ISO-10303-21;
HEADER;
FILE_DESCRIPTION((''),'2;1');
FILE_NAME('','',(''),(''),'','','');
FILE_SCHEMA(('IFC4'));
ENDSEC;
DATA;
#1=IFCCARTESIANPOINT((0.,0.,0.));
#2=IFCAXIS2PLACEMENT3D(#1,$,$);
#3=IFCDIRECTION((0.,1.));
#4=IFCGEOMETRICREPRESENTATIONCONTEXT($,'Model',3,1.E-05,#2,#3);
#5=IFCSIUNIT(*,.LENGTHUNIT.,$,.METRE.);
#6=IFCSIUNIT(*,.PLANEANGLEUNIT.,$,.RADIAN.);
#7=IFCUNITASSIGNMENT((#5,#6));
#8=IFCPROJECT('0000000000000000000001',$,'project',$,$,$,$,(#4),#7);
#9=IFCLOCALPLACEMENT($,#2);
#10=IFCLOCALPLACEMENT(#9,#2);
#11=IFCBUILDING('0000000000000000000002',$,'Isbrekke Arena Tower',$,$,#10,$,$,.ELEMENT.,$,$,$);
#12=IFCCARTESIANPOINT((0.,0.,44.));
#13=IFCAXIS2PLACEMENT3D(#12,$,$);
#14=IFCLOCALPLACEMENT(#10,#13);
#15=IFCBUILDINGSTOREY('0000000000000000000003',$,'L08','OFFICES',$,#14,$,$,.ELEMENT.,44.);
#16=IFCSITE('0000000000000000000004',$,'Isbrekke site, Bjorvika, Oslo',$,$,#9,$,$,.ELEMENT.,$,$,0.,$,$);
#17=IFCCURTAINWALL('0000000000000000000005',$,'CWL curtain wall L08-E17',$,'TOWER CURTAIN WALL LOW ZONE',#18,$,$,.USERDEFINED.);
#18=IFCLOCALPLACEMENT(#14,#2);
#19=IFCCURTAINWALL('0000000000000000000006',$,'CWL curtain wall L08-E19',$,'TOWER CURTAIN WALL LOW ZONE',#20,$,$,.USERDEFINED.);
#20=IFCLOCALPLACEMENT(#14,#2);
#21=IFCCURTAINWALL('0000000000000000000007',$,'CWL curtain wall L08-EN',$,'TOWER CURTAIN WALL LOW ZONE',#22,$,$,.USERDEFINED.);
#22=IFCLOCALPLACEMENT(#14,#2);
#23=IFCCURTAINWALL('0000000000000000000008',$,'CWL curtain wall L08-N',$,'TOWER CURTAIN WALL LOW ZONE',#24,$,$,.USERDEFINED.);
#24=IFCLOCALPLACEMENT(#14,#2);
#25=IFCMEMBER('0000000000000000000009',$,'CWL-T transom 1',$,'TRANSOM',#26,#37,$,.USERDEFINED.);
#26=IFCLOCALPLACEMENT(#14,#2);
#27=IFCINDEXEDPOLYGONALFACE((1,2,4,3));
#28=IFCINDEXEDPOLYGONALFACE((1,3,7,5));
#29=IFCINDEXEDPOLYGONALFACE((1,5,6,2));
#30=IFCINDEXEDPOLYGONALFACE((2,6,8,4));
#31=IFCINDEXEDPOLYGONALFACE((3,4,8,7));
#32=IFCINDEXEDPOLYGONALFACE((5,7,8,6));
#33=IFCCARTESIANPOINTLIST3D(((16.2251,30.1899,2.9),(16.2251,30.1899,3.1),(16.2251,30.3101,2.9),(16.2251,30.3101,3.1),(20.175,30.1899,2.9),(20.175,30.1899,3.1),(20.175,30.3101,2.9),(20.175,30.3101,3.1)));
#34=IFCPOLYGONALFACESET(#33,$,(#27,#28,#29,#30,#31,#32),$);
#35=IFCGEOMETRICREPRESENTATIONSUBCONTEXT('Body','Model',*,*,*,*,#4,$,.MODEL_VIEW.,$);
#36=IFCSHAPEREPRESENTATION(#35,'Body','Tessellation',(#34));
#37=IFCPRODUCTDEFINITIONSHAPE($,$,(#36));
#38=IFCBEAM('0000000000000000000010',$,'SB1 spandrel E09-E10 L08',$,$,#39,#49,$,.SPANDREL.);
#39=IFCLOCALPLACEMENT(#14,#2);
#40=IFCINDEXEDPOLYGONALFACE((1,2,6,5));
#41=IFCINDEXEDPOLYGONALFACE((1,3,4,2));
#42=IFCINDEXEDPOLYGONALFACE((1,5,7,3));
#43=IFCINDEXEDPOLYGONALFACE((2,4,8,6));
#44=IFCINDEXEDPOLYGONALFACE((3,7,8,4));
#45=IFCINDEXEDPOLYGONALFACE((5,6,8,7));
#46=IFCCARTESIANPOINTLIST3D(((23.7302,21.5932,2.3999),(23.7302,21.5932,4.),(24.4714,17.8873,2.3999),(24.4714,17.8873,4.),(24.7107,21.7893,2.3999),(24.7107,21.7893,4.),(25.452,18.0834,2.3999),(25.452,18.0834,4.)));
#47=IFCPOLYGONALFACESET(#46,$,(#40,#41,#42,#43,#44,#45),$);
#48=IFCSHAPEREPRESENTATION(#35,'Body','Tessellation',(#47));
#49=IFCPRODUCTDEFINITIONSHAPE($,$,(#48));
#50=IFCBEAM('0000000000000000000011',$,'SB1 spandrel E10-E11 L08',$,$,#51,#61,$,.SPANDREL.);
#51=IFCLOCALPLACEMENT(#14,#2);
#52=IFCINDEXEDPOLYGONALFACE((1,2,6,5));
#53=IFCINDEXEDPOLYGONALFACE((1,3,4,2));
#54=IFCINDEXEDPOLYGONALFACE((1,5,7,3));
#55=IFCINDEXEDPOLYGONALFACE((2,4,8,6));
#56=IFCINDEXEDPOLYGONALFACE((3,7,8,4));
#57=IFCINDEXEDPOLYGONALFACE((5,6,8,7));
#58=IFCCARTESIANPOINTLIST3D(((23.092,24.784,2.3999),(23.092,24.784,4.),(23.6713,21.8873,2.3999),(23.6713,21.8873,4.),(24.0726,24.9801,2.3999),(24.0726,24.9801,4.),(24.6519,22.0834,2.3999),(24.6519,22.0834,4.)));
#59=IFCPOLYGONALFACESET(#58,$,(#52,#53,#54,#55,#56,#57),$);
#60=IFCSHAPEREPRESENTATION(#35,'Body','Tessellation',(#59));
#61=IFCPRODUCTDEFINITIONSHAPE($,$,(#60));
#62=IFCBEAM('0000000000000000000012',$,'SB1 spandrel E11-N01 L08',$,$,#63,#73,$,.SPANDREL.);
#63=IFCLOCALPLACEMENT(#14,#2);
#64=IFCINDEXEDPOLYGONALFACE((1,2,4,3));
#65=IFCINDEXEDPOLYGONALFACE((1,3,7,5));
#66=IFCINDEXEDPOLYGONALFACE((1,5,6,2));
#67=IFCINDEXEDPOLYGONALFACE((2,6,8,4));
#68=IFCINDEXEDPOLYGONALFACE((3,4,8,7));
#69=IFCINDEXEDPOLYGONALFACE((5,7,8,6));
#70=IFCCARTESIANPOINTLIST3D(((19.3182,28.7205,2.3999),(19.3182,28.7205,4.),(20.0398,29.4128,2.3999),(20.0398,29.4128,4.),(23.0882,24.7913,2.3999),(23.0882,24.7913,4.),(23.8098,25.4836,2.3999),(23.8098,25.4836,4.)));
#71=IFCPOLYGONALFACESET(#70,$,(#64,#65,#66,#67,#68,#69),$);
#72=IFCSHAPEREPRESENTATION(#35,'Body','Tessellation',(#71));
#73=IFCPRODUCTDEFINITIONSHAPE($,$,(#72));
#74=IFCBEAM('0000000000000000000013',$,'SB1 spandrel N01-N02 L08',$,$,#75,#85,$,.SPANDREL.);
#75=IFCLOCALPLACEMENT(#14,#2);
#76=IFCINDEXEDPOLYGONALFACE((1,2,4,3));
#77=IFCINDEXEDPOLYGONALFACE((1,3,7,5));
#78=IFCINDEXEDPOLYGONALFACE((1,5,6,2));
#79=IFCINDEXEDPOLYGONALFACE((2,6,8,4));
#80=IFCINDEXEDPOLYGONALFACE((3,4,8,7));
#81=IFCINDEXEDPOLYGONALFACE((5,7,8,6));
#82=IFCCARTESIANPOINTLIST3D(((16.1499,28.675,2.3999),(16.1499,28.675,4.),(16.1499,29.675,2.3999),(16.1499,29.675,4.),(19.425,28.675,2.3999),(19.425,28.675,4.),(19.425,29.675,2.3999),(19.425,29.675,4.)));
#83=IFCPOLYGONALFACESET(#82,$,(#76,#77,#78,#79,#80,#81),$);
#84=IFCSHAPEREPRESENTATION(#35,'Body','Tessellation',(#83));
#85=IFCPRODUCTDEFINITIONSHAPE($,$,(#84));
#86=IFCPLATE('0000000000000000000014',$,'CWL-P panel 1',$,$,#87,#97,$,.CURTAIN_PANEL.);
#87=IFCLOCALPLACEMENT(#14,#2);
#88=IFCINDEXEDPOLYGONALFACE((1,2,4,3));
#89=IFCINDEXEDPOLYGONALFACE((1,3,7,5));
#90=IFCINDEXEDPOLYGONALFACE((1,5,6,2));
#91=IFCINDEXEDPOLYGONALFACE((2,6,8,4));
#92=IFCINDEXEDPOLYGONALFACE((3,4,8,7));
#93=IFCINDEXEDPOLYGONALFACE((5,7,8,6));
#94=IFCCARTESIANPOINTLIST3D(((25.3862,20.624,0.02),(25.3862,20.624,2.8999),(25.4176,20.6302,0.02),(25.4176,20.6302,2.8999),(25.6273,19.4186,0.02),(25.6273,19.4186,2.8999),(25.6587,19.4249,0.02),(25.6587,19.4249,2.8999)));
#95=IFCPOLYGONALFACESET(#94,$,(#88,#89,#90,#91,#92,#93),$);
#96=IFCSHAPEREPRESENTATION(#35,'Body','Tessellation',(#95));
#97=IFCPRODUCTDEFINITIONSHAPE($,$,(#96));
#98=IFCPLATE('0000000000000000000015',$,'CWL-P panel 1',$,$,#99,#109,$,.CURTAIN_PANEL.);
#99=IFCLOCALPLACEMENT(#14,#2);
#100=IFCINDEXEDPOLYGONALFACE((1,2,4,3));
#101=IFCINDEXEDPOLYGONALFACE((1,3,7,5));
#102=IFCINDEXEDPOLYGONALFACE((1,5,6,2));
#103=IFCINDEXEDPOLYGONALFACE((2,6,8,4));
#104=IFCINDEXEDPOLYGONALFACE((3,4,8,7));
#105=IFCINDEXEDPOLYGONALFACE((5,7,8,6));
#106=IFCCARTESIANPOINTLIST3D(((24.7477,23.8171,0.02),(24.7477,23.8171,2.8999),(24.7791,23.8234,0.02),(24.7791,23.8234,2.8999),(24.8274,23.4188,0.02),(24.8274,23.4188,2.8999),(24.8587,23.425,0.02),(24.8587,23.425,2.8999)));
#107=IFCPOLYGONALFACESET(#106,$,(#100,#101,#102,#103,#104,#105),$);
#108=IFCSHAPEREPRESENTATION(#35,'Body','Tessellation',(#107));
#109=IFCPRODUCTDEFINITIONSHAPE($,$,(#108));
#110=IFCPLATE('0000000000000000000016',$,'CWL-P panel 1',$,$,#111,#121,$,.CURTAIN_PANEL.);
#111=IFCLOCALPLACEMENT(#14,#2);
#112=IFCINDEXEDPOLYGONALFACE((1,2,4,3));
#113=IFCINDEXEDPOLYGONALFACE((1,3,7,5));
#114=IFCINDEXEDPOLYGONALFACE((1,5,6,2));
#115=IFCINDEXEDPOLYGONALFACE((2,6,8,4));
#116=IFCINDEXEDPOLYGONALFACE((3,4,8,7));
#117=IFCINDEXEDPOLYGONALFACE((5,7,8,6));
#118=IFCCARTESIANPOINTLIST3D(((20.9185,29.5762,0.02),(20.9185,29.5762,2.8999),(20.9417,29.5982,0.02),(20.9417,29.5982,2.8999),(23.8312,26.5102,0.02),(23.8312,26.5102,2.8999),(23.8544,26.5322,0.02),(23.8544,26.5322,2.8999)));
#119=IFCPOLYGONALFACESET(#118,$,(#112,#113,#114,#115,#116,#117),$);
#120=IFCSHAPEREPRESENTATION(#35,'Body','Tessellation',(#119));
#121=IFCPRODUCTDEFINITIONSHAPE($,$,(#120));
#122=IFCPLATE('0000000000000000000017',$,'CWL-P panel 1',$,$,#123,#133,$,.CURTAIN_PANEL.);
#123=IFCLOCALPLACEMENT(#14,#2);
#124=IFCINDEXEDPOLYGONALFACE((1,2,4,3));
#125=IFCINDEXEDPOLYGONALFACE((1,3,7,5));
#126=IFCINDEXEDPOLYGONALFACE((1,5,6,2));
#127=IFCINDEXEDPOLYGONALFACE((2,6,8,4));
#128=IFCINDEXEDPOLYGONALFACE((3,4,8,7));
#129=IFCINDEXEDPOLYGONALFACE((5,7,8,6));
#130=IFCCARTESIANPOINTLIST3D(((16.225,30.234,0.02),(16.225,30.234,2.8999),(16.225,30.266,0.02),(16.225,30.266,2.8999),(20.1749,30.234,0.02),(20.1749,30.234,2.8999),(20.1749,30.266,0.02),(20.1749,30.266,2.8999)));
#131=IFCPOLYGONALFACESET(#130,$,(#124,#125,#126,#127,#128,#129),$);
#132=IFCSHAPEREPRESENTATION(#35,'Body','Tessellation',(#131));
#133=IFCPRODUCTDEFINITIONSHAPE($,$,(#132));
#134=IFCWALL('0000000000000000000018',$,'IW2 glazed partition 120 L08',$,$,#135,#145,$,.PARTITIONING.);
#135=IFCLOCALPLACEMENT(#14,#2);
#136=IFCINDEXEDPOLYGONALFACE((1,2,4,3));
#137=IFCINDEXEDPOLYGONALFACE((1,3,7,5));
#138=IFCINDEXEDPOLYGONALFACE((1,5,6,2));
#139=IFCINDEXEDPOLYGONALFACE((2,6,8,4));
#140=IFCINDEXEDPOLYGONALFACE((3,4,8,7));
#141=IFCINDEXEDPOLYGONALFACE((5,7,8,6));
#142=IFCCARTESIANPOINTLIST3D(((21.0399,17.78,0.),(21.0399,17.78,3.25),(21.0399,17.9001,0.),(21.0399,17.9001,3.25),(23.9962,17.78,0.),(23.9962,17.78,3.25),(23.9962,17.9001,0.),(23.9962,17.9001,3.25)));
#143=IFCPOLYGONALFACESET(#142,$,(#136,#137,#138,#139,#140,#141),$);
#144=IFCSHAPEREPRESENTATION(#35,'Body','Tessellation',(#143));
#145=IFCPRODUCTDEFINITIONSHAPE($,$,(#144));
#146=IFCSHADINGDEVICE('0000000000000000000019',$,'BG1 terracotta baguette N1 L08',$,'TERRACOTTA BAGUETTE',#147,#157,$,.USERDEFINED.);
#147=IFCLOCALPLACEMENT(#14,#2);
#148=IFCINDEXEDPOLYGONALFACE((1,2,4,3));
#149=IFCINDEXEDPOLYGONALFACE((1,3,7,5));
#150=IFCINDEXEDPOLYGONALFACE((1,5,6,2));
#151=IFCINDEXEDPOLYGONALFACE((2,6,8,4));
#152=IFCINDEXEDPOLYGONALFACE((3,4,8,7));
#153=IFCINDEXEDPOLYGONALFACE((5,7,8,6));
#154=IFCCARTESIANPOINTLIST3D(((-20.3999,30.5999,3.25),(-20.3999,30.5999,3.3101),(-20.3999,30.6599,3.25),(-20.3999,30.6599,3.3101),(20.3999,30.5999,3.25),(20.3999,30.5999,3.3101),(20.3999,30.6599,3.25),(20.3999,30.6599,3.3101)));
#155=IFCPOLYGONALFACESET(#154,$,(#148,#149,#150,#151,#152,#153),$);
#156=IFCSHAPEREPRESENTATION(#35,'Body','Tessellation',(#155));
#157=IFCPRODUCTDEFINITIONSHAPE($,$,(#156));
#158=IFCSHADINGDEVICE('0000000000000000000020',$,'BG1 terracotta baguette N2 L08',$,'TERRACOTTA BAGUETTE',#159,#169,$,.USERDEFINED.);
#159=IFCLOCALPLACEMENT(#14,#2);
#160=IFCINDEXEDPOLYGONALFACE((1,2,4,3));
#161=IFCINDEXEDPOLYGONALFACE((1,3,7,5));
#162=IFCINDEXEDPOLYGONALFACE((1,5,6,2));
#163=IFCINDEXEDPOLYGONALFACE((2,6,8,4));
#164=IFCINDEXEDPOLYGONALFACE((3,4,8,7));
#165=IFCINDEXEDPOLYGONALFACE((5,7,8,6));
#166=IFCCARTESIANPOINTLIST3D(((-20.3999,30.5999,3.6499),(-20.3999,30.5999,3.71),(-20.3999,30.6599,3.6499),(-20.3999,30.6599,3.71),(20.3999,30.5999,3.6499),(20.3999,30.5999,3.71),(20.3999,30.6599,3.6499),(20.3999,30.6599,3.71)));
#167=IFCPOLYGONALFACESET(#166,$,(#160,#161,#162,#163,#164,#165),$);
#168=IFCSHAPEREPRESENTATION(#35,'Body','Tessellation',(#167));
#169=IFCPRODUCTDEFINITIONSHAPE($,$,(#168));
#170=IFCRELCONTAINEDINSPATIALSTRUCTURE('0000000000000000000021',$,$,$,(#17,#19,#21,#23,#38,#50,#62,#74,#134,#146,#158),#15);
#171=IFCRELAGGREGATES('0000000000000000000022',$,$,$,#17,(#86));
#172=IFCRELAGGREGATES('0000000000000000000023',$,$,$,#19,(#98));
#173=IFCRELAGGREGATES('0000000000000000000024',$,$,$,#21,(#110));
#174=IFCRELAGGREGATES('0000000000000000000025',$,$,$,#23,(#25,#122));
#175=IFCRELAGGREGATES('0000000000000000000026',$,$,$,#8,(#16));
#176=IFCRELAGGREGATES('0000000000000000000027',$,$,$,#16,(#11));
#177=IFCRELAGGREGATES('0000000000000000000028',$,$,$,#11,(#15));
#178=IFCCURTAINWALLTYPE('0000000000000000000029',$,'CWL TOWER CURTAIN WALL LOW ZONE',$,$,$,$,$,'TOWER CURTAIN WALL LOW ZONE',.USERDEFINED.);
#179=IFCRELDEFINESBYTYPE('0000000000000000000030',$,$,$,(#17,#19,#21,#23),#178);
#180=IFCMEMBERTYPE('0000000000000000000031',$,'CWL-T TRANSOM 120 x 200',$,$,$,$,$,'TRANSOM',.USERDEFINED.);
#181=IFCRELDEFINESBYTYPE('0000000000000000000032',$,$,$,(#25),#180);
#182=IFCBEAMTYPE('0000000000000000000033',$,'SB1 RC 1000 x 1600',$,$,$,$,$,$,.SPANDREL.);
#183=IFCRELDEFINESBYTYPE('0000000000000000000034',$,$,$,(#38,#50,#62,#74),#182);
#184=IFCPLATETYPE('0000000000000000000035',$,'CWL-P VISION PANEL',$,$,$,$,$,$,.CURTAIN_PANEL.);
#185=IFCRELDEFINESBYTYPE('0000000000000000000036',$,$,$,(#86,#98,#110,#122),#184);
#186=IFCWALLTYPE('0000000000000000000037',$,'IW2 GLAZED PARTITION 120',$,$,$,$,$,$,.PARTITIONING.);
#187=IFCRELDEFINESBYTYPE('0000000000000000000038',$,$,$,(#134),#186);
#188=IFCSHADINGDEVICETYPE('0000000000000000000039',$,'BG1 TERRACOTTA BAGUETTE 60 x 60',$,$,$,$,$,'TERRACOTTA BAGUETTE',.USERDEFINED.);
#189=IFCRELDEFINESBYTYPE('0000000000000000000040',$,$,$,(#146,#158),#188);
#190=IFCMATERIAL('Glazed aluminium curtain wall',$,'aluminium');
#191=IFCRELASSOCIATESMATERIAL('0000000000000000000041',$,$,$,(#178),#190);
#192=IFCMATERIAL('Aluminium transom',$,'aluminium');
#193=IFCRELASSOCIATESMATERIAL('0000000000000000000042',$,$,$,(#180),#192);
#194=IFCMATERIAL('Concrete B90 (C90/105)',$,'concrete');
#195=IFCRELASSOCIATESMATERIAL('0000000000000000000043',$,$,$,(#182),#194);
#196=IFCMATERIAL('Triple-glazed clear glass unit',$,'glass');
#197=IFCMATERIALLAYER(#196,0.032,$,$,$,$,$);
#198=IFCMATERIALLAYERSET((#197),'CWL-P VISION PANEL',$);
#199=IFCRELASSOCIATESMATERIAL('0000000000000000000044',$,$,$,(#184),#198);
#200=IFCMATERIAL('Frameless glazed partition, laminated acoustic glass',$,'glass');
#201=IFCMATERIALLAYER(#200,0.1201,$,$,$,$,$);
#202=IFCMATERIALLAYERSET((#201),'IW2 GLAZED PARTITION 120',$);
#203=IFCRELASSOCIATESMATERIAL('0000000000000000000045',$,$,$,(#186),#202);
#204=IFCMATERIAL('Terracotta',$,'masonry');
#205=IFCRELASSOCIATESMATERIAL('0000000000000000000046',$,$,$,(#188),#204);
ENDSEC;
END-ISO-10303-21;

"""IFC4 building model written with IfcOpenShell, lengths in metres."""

from ifc_helpers import new_model, si_unit, direction, frame, frame_2d, origin, origin_2d, place, context, subcontext, project, spatial, rectangle, extrude, material, layer, layer_set, material_profile, profile_set, type_object, element, aggregate, save


model = new_model("IFC4")

# Units and contexts
model_context = context("Model", 3, precision=1e-05, world=origin(), true_north=direction((0.0, 1.0)))
body_context = subcontext(model_context, "Body", "Model", "MODEL_VIEW")
ifc_project = project(units=[si_unit("LENGTHUNIT", "METRE"), si_unit("PLANEANGLEUNIT", "RADIAN")], contexts=[model_context])

# Site, building, storey
site_placement = place(None, origin())
site = spatial("IfcSite", under=ifc_project, at=site_placement, Name="Isbrekke site, Bjorvika, Oslo", CompositionType="ELEMENT", RefElevation=0.0)
building_placement = place(site_placement, origin())
building = spatial("IfcBuilding", under=site, at=building_placement, Name="Isbrekke Arena Tower", CompositionType="ELEMENT")
storey_placement = place(building_placement, frame((0.0, 0.0, 44.0)))
storey = spatial("IfcBuildingStorey", under=building, at=storey_placement, Name="L08", Description="OFFICES", CompositionType="ELEMENT", Elevation=44.0)

# Curtain walls
ifc_material_1 = material(Name="Glazed aluminium curtain wall", Category="aluminium")
curtain_wall_type = type_object("IfcCurtainWallType", Name="CWL TOWER CURTAIN WALL LOW ZONE", ElementType="TOWER CURTAIN WALL LOW ZONE", PredefinedType="USERDEFINED", material=ifc_material_1)
curtain_wall_1_placement = place(storey_placement, origin())
curtain_wall_1 = element("IfcCurtainWall", 1, at=curtain_wall_1_placement, inside=storey, type_object=curtain_wall_type, Name="CWL curtain wall L08-E17", ObjectType="TOWER CURTAIN WALL LOW ZONE", PredefinedType="USERDEFINED")
curtain_wall_2_placement = place(storey_placement, origin())
curtain_wall_2 = element("IfcCurtainWall", 2, at=curtain_wall_2_placement, inside=storey, type_object=curtain_wall_type, Name="CWL curtain wall L08-E19", ObjectType="TOWER CURTAIN WALL LOW ZONE", PredefinedType="USERDEFINED")
curtain_wall_3_placement = place(storey_placement, origin())
curtain_wall_3 = element("IfcCurtainWall", 3, at=curtain_wall_3_placement, inside=storey, type_object=curtain_wall_type, Name="CWL curtain wall L08-EN", ObjectType="TOWER CURTAIN WALL LOW ZONE", PredefinedType="USERDEFINED")
curtain_wall_4_placement = place(storey_placement, origin())
curtain_wall_4 = element("IfcCurtainWall", 4, at=curtain_wall_4_placement, inside=storey, type_object=curtain_wall_type, Name="CWL curtain wall L08-N", ObjectType="TOWER CURTAIN WALL LOW ZONE", PredefinedType="USERDEFINED")

# Member
ifc_material_2 = material(Name="Aluminium transom", Category="aluminium")
ifc_material_profile_1 = material_profile(ifc_material_2, rectangle(XDim=0.1201, YDim=0.2, at=origin_2d()), Name="TRANSOM 120X200")
ifc_profile_set_1 = profile_set([ifc_material_profile_1], Name="Aluminium transom")
member_type_1 = type_object("IfcMemberType", Name="CWL-T TRANSOM 120 x 200", ElementType="TRANSOM", PredefinedType="USERDEFINED", material=ifc_profile_set_1)
member_1_placement = place(storey_placement, frame((20.175, 30.25, 3.0), z_axis=(-1.0, 0.0, 0.0), x_axis=(0.0, -1.0, 0.0)))
member_1 = element("IfcMember", 5, at=member_1_placement, type_object=member_type_1, Name="CWL-T transom 1", ObjectType="TRANSOM", PredefinedType="USERDEFINED", context=body_context, shape_type="SweptSolid", body=[
    extrude(rectangle(XDim=0.1201, YDim=0.2, at=origin_2d()), origin(), (0.0, 0.0, 1.0), 3.95),
])

# Beams
ifc_material_3 = material(Name="Concrete B90 (C90/105)", Category="concrete")
ifc_material_profile_2 = material_profile(ifc_material_3, rectangle(XDim=1.0, YDim=1.6001, at=origin_2d()), Name="RC 1000x1600")
ifc_profile_set_2 = profile_set([ifc_material_profile_2], Name="Concrete B90 (C90/105)")
beam_type_1 = type_object("IfcBeamType", Name="SB1 RC 1000 x 1600", PredefinedType="SPANDREL", material=ifc_profile_set_2)
beam_1_placement = place(storey_placement, frame((24.9617, 17.9854, 3.2), z_axis=(-0.196129, 0.980578, 0.0), x_axis=(-0.980578, -0.196129, 0.0)))
element("IfcBeam", 6, at=beam_1_placement, inside=storey, type_object=beam_type_1, Name="SB1 spandrel E09-E10 L08", PredefinedType="SPANDREL", context=body_context, shape_type="SweptSolid", body=[
    extrude(rectangle(XDim=1.0, YDim=1.6001, at=origin_2d()), origin(), (0.0, 0.0, 1.0), 3.7793),
])
beam_2_placement = place(storey_placement, frame((24.1616, 21.9854, 3.2), z_axis=(-0.196116, 0.980581, 0.0), x_axis=(-0.980581, -0.196116, 0.0)))
element("IfcBeam", 7, at=beam_2_placement, inside=storey, type_object=beam_type_1, Name="SB1 spandrel E10-E11 L08", PredefinedType="SPANDREL", context=body_context, shape_type="SweptSolid", body=[
    extrude(rectangle(XDim=1.0, YDim=1.6001, at=origin_2d()), origin(), (0.0, 0.0, 1.0), 2.9541),
])
beam_3_placement = place(storey_placement, frame((23.449, 25.1375, 3.2), z_axis=(-0.69234, 0.721572, 0.0), x_axis=(-0.721572, -0.69234, 0.0)))
element("IfcBeam", 8, at=beam_3_placement, inside=storey, type_object=beam_type_1, Name="SB1 spandrel E11-N01 L08", PredefinedType="SPANDREL", context=body_context, shape_type="SweptSolid", body=[
    extrude(rectangle(XDim=1.0, YDim=1.6001, at=origin_2d()), origin(), (0.0, 0.0, 1.0), 5.4453),
])
beam_4_placement = place(storey_placement, frame((19.425, 29.175, 3.2), z_axis=(-1.0, 0.0, 0.0), x_axis=(0.0, -1.0, 0.0)))
element("IfcBeam", 9, at=beam_4_placement, inside=storey, type_object=beam_type_1, Name="SB1 spandrel N01-N02 L08", PredefinedType="SPANDREL", context=body_context, shape_type="SweptSolid", body=[
    extrude(rectangle(XDim=1.0, YDim=1.6001, at=origin_2d()), origin(), (0.0, 0.0, 1.0), 3.2751),
])

# Plates
ifc_material_4 = material(Name="Triple-glazed clear glass unit", Category="glass")
ifc_layer_1 = layer(ifc_material_4, 0.032)
ifc_layer_set_1 = layer_set([ifc_layer_1], Name="CWL-P VISION PANEL")
plate_type = type_object("IfcPlateType", Name="CWL-P VISION PANEL", PredefinedType="CURTAIN_PANEL", material=ifc_layer_set_1)
plate_1_placement = place(storey_placement, frame((25.5225, 20.0244, 0.02), z_axis=(0.0, 0.0, 1.0), x_axis=(-0.196116, 0.980581, 0.0)))
plate_1 = element("IfcPlate", 10, at=plate_1_placement, type_object=plate_type, Name="CWL-P panel 1", PredefinedType="CURTAIN_PANEL", context=body_context, shape_type="SweptSolid", body=[
    extrude(rectangle(XDim=1.2292, YDim=0.032, at=origin_2d()), origin(), (0.0, 0.0, 1.0), 2.8799),
])
aggregate(curtain_wall_1, [plate_1])
plate_2_placement = place(storey_placement, frame((24.8032, 23.6211, 0.02), z_axis=(0.0, 0.0, 1.0), x_axis=(-0.196116, 0.980581, 0.0)))
plate_2 = element("IfcPlate", 11, at=plate_2_placement, type_object=plate_type, Name="CWL-P panel 1", PredefinedType="CURTAIN_PANEL", context=body_context, shape_type="SweptSolid", body=[
    extrude(rectangle(XDim=0.4062, YDim=0.032, at=origin_2d()), origin(), (0.0, 0.0, 1.0), 2.8799),
])
aggregate(curtain_wall_2, [plate_2])
plate_3_placement = place(storey_placement, frame((22.3865, 28.0542, 0.02), z_axis=(0.0, 0.0, 1.0), x_axis=(-0.688749, 0.724999, 0.0)))
plate_3 = element("IfcPlate", 12, at=plate_3_placement, type_object=plate_type, Name="CWL-P panel 1", PredefinedType="CURTAIN_PANEL", context=body_context, shape_type="SweptSolid", body=[
    extrude(rectangle(XDim=4.229, YDim=0.032, at=origin_2d()), origin(), (0.0, 0.0, 1.0), 2.8799),
])
aggregate(curtain_wall_3, [plate_3])
plate_4_placement = place(storey_placement, frame((18.2, 30.25, 0.02), z_axis=(0.0, 0.0, 1.0), x_axis=(-1.0, 0.0, 0.0)))
plate_4 = element("IfcPlate", 13, at=plate_4_placement, type_object=plate_type, Name="CWL-P panel 1", PredefinedType="CURTAIN_PANEL", context=body_context, shape_type="SweptSolid", body=[
    extrude(rectangle(XDim=3.95, YDim=0.032, at=origin_2d()), origin(), (0.0, 0.0, 1.0), 2.8799),
])
aggregate(curtain_wall_4, [member_1, plate_4])

# Wall
ifc_material_5 = material(Name="Frameless glazed partition, laminated acoustic glass", Category="glass")
ifc_layer_2 = layer(ifc_material_5, 0.1201)
ifc_layer_set_2 = layer_set([ifc_layer_2], Name="IW2 GLAZED PARTITION 120")
wall_type = type_object("IfcWallType", Name="IW2 GLAZED PARTITION 120", PredefinedType="PARTITIONING", material=ifc_layer_set_2)
wall_placement = place(storey_placement, frame((21.04, 17.8401, 0.0), z_axis=(0.0, 0.0, 1.0), x_axis=(1.0, 0.0, 0.0)))
element("IfcWall", 14, at=wall_placement, inside=storey, type_object=wall_type, Name="IW2 glazed partition 120 L08", PredefinedType="PARTITIONING", context=body_context, shape_type="SweptSolid", body=[
    extrude(rectangle(XDim=2.9563, YDim=0.1201, at=frame_2d((1.478, 0.0))), origin(), (0.0, 0.0, 1.0), 3.25),
])

# Shading devices
ifc_material_6 = material(Name="Terracotta", Category="masonry")
ifc_material_profile_3 = material_profile(ifc_material_6, rectangle(XDim=0.0601, YDim=0.0601, at=origin_2d()), Name="BAGUETTE 60X60")
ifc_profile_set_3 = profile_set([ifc_material_profile_3], Name="Terracotta")
shading_device_type = type_object("IfcShadingDeviceType", Name="BG1 TERRACOTTA BAGUETTE 60 x 60", ElementType="TERRACOTTA BAGUETTE", PredefinedType="USERDEFINED", material=ifc_profile_set_3)
for number, where, z_axis, x_axis, name in (
    (15, (20.3999, 30.6299, 3.28), (-1.0, 0.0, 0.0), (0.0, -1.0, 0.0), "BG1 terracotta baguette N1 L08"),
    (16, (20.3999, 30.6299, 3.6799), (-1.0, 0.0, 0.0), (0.0, -1.0, 0.0), "BG1 terracotta baguette N2 L08"),
):
    element("IfcShadingDevice", number, at=place(storey_placement, frame(where, z_axis=z_axis, x_axis=x_axis)), inside=storey, type_object=shading_device_type, Name=name, ObjectType="TERRACOTTA BAGUETTE", PredefinedType="USERDEFINED", context=body_context, shape_type="SweptSolid", body=[
        extrude(rectangle(XDim=0.0601, YDim=0.0601, at=origin_2d()), origin(), (0.0, 0.0, 1.0), 40.7998),
    ])

save(model, "model.ifc")
